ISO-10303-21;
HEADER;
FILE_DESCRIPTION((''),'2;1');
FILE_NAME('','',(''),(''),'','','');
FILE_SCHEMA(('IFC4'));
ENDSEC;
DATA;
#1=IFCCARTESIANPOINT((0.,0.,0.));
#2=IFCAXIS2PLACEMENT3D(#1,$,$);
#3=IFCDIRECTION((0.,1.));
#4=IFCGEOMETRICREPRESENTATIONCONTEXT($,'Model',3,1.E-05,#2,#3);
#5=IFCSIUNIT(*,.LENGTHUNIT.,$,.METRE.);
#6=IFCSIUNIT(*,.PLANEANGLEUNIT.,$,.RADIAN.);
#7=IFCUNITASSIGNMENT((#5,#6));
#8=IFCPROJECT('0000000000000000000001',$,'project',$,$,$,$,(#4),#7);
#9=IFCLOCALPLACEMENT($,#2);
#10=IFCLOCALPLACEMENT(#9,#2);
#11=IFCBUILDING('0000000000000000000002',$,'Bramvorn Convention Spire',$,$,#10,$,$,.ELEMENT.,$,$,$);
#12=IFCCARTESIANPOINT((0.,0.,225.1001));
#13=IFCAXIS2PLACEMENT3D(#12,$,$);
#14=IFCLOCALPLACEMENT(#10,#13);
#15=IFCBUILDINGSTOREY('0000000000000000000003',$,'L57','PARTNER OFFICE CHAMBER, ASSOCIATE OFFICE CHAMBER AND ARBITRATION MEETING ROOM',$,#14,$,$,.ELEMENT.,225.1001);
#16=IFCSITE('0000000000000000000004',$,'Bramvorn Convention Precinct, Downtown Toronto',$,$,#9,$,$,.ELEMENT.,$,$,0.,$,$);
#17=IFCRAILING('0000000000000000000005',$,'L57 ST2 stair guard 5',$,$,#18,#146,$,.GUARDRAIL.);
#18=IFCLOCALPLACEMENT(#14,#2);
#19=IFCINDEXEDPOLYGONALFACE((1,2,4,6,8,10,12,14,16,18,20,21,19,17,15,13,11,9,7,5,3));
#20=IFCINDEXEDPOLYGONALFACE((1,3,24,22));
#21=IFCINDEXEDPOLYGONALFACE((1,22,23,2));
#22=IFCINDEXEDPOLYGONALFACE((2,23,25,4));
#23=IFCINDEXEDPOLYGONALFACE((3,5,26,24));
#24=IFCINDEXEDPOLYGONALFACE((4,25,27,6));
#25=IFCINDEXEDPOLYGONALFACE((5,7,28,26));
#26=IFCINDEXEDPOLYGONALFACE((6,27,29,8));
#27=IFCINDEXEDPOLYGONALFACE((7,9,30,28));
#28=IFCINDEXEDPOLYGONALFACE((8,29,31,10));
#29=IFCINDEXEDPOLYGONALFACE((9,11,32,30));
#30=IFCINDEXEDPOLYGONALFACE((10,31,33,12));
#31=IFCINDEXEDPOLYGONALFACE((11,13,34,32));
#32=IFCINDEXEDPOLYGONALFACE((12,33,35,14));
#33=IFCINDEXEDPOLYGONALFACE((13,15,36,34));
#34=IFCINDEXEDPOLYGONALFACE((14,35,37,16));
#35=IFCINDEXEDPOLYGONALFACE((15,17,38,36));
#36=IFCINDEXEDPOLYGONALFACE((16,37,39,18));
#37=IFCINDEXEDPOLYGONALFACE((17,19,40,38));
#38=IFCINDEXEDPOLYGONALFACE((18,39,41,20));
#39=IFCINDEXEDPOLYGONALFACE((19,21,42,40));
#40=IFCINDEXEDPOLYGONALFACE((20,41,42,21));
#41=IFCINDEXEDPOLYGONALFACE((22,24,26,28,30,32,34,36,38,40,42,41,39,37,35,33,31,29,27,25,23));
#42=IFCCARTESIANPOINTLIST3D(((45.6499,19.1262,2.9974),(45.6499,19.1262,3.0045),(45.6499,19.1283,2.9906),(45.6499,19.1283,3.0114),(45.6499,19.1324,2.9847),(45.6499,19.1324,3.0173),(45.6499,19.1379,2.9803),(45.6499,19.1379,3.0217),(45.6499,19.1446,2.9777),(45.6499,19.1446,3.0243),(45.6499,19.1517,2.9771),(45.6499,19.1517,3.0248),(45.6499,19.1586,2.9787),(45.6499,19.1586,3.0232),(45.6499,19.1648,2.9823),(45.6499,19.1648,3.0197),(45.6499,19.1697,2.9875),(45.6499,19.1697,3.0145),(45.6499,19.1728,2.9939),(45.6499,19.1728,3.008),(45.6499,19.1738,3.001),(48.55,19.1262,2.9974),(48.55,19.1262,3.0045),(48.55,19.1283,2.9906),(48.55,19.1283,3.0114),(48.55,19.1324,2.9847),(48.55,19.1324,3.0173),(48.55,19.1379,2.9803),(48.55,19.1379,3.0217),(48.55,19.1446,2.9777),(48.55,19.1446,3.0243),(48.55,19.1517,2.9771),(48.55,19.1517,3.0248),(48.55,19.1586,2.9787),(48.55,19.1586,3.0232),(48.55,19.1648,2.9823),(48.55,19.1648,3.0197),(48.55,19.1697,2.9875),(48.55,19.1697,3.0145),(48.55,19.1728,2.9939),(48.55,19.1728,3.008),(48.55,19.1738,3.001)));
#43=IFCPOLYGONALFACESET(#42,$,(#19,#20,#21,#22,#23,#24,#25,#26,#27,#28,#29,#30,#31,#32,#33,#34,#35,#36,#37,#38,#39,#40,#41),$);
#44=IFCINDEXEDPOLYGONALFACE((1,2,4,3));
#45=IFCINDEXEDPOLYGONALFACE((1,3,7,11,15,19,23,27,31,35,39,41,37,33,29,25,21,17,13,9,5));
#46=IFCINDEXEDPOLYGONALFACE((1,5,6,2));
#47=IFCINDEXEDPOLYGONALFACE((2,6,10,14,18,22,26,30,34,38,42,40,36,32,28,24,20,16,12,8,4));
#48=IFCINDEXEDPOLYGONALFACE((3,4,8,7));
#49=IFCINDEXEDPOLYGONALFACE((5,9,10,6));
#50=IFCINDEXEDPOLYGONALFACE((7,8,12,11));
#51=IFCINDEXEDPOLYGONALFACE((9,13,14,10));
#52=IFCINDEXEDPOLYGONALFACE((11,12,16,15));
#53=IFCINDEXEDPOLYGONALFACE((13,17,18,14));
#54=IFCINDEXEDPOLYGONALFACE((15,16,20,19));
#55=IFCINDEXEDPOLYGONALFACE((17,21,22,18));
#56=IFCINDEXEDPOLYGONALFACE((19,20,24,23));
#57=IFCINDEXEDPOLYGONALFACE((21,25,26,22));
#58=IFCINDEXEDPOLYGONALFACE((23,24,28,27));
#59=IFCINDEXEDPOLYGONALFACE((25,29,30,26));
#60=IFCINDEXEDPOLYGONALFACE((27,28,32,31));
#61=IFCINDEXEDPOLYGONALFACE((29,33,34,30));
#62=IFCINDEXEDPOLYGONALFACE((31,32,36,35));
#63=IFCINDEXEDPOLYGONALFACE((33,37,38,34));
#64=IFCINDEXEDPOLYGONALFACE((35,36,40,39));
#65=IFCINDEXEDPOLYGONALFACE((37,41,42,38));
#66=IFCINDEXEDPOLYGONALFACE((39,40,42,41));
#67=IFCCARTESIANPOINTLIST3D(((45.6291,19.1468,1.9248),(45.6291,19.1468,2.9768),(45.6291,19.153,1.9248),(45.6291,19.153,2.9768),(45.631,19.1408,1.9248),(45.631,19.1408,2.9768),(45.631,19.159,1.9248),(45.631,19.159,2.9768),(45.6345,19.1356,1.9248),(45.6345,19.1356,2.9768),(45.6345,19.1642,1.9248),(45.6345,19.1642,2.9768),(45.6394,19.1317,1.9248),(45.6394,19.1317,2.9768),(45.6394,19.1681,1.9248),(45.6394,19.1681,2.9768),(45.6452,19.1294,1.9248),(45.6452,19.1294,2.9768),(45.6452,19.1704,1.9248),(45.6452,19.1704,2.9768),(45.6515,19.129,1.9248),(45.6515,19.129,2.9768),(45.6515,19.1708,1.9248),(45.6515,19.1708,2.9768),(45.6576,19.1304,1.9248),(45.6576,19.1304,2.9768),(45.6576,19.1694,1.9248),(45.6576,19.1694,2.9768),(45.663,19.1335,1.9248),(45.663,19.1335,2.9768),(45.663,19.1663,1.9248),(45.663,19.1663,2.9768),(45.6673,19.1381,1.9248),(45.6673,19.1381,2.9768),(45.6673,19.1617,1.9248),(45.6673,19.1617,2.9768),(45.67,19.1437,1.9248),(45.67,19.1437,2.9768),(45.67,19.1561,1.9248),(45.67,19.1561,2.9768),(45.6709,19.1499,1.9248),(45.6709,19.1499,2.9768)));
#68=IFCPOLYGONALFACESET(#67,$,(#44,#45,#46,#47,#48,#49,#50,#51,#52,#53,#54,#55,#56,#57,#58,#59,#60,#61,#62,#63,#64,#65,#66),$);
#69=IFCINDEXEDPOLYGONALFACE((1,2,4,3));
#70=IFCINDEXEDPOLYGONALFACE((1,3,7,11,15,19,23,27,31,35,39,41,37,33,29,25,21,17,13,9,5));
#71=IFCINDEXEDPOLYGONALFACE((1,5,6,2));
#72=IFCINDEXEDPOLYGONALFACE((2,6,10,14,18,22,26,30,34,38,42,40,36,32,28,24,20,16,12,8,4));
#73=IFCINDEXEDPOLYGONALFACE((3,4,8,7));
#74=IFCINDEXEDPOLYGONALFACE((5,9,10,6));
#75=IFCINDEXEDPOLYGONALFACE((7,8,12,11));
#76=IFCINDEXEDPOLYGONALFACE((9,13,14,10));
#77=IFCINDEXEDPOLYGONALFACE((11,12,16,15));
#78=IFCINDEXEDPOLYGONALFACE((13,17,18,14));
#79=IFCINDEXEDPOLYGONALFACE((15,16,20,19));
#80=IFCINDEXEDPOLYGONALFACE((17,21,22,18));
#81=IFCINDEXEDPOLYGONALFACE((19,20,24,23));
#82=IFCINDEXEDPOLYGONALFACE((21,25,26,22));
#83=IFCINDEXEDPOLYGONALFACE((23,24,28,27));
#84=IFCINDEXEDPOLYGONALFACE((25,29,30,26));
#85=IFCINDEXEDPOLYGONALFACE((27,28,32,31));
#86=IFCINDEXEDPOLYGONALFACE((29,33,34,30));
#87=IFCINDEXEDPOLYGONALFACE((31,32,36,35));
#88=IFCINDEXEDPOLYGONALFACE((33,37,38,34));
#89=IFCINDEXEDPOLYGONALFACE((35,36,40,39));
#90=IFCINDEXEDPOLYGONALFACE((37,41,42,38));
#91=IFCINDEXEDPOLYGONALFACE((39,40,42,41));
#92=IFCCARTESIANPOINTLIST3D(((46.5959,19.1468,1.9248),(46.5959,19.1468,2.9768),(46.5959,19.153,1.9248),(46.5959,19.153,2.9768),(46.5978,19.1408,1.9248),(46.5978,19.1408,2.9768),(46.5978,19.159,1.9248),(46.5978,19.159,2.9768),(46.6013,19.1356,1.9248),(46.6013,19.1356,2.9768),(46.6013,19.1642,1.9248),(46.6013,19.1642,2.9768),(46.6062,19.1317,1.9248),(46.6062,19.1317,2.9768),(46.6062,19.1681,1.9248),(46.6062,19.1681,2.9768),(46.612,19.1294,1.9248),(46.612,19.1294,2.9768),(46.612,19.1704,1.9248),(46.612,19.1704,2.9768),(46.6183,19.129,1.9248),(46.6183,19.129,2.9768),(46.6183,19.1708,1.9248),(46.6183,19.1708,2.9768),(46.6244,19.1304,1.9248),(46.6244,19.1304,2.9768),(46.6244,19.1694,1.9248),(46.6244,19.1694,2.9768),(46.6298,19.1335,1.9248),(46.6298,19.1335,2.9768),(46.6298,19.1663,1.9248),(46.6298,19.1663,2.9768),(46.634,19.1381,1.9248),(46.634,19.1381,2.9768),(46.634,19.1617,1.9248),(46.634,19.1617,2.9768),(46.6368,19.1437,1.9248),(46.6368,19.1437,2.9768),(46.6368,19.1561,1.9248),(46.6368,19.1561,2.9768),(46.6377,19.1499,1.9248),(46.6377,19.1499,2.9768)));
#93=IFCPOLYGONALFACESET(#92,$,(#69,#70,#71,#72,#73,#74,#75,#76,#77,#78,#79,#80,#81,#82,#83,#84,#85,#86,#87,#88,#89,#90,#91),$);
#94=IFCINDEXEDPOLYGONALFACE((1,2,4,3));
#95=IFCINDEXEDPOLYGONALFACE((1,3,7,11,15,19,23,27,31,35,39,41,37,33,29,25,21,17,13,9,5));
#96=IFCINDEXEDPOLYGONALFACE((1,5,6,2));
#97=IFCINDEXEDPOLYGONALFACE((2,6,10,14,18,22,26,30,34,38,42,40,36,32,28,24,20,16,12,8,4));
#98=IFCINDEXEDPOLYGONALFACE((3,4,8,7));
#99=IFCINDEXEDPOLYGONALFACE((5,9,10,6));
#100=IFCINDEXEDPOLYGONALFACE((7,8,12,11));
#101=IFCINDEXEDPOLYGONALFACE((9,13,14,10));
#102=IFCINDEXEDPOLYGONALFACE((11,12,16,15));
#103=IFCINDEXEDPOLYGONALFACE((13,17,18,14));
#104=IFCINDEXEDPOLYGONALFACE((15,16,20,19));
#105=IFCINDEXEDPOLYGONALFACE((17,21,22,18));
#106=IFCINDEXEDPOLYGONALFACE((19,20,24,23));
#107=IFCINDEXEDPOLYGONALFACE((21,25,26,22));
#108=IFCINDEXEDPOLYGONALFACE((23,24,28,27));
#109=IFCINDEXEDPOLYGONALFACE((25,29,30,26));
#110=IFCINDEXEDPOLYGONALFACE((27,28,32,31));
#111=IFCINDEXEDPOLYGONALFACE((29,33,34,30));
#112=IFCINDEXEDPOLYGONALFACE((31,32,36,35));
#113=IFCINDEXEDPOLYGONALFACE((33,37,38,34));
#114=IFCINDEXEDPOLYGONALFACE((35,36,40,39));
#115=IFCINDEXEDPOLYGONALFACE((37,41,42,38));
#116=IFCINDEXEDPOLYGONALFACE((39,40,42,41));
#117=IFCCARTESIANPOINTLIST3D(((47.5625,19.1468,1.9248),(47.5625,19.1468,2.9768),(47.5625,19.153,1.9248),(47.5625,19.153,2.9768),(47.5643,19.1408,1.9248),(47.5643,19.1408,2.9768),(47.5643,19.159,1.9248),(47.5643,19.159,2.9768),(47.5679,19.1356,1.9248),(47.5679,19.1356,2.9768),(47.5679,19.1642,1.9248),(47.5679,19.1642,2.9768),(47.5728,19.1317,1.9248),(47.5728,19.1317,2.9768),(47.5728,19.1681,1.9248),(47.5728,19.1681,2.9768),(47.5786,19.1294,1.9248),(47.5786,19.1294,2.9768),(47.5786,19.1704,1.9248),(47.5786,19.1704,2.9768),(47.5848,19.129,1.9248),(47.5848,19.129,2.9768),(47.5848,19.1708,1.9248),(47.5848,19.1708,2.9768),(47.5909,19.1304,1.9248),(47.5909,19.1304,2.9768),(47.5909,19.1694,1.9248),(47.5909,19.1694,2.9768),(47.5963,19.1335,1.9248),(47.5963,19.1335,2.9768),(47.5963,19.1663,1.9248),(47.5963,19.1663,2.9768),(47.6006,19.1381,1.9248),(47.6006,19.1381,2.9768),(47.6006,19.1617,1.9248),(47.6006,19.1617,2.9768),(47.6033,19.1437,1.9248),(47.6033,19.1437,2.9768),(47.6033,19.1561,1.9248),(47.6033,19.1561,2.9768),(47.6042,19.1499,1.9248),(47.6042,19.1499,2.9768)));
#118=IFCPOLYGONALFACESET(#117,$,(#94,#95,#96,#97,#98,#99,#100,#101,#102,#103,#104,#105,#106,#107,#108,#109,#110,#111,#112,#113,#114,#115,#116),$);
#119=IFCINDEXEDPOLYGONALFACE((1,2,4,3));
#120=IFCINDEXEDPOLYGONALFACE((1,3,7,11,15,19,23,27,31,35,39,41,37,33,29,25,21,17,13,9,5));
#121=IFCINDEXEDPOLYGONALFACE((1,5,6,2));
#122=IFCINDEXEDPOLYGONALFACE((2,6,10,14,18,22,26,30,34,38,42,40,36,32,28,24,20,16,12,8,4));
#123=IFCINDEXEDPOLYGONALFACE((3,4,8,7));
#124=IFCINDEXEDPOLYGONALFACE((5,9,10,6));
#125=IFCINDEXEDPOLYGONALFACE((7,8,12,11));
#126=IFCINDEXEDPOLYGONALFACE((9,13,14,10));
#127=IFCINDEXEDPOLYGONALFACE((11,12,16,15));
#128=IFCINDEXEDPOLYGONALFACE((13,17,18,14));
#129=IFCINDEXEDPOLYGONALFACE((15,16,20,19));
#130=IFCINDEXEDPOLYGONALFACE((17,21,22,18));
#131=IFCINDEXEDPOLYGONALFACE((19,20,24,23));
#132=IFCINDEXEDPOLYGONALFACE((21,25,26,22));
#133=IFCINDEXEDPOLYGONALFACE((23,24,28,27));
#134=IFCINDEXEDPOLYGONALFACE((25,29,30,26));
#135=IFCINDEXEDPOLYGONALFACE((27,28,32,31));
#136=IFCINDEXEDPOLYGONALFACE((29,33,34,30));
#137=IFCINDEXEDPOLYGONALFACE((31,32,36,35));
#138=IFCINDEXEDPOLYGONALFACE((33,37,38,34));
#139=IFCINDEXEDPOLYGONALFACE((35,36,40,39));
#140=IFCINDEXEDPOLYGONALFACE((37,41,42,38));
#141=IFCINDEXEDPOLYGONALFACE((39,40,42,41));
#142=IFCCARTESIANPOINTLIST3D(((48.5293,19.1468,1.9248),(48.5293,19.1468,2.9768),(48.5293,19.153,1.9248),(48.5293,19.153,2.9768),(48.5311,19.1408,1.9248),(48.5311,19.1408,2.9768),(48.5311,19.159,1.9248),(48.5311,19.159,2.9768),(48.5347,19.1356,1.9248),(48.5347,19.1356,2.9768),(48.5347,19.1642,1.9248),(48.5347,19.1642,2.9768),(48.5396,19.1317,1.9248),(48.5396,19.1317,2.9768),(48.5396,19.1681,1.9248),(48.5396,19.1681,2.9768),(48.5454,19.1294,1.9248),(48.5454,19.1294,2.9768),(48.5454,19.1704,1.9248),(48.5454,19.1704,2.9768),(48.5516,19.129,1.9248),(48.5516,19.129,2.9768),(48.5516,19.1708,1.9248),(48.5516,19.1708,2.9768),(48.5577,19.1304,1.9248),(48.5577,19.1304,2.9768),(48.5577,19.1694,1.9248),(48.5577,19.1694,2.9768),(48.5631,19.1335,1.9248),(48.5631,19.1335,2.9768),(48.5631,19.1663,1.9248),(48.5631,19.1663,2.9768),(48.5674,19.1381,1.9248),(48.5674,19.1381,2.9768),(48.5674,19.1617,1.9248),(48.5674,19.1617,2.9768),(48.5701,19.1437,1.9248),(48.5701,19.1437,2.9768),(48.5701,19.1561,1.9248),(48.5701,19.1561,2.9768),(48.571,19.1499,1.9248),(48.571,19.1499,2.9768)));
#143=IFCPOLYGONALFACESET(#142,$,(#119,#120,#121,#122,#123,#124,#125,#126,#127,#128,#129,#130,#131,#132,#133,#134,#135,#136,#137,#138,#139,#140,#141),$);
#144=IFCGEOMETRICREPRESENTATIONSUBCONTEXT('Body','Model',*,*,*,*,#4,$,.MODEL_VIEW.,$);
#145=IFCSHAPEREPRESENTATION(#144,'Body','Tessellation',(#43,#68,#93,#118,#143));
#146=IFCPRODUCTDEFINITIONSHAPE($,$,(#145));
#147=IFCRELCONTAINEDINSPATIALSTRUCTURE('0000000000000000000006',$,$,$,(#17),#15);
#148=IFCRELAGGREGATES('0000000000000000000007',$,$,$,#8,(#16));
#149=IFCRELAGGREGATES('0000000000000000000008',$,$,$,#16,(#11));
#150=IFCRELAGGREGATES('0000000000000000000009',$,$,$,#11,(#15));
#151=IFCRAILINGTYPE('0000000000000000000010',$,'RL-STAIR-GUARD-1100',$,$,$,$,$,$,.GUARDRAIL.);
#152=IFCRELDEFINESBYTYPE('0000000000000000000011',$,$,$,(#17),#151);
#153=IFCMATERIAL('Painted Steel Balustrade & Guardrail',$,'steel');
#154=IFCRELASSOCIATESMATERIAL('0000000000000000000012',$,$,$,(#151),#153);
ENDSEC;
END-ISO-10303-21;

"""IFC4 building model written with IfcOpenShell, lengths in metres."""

from ifc_helpers import new_model, si_unit, direction, frame, origin, origin_2d, place, context, subcontext, project, spatial, circle, extrude, material, type_object, element, save


model = new_model("IFC4")

# Units and contexts
model_context = context("Model", 3, precision=1e-05, world=origin(), true_north=direction((0.0, 1.0)))
body_context = subcontext(model_context, "Body", "Model", "MODEL_VIEW")
ifc_project = project(units=[si_unit("LENGTHUNIT", "METRE"), si_unit("PLANEANGLEUNIT", "RADIAN")], contexts=[model_context])

# Site, building, storey
site_placement = place(None, origin())
site = spatial("IfcSite", under=ifc_project, at=site_placement, Name="Bramvorn Convention Precinct, Downtown Toronto", CompositionType="ELEMENT", RefElevation=0.0)
building_placement = place(site_placement, origin())
building = spatial("IfcBuilding", under=site, at=building_placement, Name="Bramvorn Convention Spire", CompositionType="ELEMENT")
storey_placement = place(building_placement, frame((0.0, 0.0, 225.1001)))
storey = spatial("IfcBuildingStorey", under=building, at=storey_placement, Name="L57", Description="PARTNER OFFICE CHAMBER, ASSOCIATE OFFICE CHAMBER AND ARBITRATION MEETING ROOM", CompositionType="ELEMENT", Elevation=225.1001)

# Railing
ifc_material_1 = material(Name="Painted Steel Balustrade & Guardrail", Category="steel")
railing_type = type_object("IfcRailingType", Name="RL-STAIR-GUARD-1100", PredefinedType="GUARDRAIL", material=ifc_material_1)
railing_1_placement = place(storey_placement, frame((45.6499, 19.1499, 1.9248)))
element("IfcRailing", 1, at=railing_1_placement, inside=storey, type_object=railing_type, Name="L57 ST2 stair guard 5", PredefinedType="GUARDRAIL", context=body_context, shape_type="SweptSolid", body=[
    extrude(circle(Radius=0.0239, at=origin_2d()), frame((0.0, 0.0, 1.0762), z_axis=(1.0, 0.0, 0.0), x_axis=(0.0, 1.0, 0.0)), (0.0, 0.0, 1.0), 2.9001),
    extrude(circle(Radius=0.021, at=origin_2d()), origin(), (0.0, 0.0, 1.0), 1.052),
    extrude(circle(Radius=0.021, at=origin_2d()), frame((0.9668, 0.0, 0.0)), (0.0, 0.0, 1.0), 1.052),
    extrude(circle(Radius=0.021, at=origin_2d()), frame((1.9333, 0.0, 0.0)), (0.0, 0.0, 1.0), 1.052),
    extrude(circle(Radius=0.021, at=origin_2d()), frame((2.9001, 0.0, 0.0)), (0.0, 0.0, 1.0), 1.052),
])

save(model, "model.ifc")
